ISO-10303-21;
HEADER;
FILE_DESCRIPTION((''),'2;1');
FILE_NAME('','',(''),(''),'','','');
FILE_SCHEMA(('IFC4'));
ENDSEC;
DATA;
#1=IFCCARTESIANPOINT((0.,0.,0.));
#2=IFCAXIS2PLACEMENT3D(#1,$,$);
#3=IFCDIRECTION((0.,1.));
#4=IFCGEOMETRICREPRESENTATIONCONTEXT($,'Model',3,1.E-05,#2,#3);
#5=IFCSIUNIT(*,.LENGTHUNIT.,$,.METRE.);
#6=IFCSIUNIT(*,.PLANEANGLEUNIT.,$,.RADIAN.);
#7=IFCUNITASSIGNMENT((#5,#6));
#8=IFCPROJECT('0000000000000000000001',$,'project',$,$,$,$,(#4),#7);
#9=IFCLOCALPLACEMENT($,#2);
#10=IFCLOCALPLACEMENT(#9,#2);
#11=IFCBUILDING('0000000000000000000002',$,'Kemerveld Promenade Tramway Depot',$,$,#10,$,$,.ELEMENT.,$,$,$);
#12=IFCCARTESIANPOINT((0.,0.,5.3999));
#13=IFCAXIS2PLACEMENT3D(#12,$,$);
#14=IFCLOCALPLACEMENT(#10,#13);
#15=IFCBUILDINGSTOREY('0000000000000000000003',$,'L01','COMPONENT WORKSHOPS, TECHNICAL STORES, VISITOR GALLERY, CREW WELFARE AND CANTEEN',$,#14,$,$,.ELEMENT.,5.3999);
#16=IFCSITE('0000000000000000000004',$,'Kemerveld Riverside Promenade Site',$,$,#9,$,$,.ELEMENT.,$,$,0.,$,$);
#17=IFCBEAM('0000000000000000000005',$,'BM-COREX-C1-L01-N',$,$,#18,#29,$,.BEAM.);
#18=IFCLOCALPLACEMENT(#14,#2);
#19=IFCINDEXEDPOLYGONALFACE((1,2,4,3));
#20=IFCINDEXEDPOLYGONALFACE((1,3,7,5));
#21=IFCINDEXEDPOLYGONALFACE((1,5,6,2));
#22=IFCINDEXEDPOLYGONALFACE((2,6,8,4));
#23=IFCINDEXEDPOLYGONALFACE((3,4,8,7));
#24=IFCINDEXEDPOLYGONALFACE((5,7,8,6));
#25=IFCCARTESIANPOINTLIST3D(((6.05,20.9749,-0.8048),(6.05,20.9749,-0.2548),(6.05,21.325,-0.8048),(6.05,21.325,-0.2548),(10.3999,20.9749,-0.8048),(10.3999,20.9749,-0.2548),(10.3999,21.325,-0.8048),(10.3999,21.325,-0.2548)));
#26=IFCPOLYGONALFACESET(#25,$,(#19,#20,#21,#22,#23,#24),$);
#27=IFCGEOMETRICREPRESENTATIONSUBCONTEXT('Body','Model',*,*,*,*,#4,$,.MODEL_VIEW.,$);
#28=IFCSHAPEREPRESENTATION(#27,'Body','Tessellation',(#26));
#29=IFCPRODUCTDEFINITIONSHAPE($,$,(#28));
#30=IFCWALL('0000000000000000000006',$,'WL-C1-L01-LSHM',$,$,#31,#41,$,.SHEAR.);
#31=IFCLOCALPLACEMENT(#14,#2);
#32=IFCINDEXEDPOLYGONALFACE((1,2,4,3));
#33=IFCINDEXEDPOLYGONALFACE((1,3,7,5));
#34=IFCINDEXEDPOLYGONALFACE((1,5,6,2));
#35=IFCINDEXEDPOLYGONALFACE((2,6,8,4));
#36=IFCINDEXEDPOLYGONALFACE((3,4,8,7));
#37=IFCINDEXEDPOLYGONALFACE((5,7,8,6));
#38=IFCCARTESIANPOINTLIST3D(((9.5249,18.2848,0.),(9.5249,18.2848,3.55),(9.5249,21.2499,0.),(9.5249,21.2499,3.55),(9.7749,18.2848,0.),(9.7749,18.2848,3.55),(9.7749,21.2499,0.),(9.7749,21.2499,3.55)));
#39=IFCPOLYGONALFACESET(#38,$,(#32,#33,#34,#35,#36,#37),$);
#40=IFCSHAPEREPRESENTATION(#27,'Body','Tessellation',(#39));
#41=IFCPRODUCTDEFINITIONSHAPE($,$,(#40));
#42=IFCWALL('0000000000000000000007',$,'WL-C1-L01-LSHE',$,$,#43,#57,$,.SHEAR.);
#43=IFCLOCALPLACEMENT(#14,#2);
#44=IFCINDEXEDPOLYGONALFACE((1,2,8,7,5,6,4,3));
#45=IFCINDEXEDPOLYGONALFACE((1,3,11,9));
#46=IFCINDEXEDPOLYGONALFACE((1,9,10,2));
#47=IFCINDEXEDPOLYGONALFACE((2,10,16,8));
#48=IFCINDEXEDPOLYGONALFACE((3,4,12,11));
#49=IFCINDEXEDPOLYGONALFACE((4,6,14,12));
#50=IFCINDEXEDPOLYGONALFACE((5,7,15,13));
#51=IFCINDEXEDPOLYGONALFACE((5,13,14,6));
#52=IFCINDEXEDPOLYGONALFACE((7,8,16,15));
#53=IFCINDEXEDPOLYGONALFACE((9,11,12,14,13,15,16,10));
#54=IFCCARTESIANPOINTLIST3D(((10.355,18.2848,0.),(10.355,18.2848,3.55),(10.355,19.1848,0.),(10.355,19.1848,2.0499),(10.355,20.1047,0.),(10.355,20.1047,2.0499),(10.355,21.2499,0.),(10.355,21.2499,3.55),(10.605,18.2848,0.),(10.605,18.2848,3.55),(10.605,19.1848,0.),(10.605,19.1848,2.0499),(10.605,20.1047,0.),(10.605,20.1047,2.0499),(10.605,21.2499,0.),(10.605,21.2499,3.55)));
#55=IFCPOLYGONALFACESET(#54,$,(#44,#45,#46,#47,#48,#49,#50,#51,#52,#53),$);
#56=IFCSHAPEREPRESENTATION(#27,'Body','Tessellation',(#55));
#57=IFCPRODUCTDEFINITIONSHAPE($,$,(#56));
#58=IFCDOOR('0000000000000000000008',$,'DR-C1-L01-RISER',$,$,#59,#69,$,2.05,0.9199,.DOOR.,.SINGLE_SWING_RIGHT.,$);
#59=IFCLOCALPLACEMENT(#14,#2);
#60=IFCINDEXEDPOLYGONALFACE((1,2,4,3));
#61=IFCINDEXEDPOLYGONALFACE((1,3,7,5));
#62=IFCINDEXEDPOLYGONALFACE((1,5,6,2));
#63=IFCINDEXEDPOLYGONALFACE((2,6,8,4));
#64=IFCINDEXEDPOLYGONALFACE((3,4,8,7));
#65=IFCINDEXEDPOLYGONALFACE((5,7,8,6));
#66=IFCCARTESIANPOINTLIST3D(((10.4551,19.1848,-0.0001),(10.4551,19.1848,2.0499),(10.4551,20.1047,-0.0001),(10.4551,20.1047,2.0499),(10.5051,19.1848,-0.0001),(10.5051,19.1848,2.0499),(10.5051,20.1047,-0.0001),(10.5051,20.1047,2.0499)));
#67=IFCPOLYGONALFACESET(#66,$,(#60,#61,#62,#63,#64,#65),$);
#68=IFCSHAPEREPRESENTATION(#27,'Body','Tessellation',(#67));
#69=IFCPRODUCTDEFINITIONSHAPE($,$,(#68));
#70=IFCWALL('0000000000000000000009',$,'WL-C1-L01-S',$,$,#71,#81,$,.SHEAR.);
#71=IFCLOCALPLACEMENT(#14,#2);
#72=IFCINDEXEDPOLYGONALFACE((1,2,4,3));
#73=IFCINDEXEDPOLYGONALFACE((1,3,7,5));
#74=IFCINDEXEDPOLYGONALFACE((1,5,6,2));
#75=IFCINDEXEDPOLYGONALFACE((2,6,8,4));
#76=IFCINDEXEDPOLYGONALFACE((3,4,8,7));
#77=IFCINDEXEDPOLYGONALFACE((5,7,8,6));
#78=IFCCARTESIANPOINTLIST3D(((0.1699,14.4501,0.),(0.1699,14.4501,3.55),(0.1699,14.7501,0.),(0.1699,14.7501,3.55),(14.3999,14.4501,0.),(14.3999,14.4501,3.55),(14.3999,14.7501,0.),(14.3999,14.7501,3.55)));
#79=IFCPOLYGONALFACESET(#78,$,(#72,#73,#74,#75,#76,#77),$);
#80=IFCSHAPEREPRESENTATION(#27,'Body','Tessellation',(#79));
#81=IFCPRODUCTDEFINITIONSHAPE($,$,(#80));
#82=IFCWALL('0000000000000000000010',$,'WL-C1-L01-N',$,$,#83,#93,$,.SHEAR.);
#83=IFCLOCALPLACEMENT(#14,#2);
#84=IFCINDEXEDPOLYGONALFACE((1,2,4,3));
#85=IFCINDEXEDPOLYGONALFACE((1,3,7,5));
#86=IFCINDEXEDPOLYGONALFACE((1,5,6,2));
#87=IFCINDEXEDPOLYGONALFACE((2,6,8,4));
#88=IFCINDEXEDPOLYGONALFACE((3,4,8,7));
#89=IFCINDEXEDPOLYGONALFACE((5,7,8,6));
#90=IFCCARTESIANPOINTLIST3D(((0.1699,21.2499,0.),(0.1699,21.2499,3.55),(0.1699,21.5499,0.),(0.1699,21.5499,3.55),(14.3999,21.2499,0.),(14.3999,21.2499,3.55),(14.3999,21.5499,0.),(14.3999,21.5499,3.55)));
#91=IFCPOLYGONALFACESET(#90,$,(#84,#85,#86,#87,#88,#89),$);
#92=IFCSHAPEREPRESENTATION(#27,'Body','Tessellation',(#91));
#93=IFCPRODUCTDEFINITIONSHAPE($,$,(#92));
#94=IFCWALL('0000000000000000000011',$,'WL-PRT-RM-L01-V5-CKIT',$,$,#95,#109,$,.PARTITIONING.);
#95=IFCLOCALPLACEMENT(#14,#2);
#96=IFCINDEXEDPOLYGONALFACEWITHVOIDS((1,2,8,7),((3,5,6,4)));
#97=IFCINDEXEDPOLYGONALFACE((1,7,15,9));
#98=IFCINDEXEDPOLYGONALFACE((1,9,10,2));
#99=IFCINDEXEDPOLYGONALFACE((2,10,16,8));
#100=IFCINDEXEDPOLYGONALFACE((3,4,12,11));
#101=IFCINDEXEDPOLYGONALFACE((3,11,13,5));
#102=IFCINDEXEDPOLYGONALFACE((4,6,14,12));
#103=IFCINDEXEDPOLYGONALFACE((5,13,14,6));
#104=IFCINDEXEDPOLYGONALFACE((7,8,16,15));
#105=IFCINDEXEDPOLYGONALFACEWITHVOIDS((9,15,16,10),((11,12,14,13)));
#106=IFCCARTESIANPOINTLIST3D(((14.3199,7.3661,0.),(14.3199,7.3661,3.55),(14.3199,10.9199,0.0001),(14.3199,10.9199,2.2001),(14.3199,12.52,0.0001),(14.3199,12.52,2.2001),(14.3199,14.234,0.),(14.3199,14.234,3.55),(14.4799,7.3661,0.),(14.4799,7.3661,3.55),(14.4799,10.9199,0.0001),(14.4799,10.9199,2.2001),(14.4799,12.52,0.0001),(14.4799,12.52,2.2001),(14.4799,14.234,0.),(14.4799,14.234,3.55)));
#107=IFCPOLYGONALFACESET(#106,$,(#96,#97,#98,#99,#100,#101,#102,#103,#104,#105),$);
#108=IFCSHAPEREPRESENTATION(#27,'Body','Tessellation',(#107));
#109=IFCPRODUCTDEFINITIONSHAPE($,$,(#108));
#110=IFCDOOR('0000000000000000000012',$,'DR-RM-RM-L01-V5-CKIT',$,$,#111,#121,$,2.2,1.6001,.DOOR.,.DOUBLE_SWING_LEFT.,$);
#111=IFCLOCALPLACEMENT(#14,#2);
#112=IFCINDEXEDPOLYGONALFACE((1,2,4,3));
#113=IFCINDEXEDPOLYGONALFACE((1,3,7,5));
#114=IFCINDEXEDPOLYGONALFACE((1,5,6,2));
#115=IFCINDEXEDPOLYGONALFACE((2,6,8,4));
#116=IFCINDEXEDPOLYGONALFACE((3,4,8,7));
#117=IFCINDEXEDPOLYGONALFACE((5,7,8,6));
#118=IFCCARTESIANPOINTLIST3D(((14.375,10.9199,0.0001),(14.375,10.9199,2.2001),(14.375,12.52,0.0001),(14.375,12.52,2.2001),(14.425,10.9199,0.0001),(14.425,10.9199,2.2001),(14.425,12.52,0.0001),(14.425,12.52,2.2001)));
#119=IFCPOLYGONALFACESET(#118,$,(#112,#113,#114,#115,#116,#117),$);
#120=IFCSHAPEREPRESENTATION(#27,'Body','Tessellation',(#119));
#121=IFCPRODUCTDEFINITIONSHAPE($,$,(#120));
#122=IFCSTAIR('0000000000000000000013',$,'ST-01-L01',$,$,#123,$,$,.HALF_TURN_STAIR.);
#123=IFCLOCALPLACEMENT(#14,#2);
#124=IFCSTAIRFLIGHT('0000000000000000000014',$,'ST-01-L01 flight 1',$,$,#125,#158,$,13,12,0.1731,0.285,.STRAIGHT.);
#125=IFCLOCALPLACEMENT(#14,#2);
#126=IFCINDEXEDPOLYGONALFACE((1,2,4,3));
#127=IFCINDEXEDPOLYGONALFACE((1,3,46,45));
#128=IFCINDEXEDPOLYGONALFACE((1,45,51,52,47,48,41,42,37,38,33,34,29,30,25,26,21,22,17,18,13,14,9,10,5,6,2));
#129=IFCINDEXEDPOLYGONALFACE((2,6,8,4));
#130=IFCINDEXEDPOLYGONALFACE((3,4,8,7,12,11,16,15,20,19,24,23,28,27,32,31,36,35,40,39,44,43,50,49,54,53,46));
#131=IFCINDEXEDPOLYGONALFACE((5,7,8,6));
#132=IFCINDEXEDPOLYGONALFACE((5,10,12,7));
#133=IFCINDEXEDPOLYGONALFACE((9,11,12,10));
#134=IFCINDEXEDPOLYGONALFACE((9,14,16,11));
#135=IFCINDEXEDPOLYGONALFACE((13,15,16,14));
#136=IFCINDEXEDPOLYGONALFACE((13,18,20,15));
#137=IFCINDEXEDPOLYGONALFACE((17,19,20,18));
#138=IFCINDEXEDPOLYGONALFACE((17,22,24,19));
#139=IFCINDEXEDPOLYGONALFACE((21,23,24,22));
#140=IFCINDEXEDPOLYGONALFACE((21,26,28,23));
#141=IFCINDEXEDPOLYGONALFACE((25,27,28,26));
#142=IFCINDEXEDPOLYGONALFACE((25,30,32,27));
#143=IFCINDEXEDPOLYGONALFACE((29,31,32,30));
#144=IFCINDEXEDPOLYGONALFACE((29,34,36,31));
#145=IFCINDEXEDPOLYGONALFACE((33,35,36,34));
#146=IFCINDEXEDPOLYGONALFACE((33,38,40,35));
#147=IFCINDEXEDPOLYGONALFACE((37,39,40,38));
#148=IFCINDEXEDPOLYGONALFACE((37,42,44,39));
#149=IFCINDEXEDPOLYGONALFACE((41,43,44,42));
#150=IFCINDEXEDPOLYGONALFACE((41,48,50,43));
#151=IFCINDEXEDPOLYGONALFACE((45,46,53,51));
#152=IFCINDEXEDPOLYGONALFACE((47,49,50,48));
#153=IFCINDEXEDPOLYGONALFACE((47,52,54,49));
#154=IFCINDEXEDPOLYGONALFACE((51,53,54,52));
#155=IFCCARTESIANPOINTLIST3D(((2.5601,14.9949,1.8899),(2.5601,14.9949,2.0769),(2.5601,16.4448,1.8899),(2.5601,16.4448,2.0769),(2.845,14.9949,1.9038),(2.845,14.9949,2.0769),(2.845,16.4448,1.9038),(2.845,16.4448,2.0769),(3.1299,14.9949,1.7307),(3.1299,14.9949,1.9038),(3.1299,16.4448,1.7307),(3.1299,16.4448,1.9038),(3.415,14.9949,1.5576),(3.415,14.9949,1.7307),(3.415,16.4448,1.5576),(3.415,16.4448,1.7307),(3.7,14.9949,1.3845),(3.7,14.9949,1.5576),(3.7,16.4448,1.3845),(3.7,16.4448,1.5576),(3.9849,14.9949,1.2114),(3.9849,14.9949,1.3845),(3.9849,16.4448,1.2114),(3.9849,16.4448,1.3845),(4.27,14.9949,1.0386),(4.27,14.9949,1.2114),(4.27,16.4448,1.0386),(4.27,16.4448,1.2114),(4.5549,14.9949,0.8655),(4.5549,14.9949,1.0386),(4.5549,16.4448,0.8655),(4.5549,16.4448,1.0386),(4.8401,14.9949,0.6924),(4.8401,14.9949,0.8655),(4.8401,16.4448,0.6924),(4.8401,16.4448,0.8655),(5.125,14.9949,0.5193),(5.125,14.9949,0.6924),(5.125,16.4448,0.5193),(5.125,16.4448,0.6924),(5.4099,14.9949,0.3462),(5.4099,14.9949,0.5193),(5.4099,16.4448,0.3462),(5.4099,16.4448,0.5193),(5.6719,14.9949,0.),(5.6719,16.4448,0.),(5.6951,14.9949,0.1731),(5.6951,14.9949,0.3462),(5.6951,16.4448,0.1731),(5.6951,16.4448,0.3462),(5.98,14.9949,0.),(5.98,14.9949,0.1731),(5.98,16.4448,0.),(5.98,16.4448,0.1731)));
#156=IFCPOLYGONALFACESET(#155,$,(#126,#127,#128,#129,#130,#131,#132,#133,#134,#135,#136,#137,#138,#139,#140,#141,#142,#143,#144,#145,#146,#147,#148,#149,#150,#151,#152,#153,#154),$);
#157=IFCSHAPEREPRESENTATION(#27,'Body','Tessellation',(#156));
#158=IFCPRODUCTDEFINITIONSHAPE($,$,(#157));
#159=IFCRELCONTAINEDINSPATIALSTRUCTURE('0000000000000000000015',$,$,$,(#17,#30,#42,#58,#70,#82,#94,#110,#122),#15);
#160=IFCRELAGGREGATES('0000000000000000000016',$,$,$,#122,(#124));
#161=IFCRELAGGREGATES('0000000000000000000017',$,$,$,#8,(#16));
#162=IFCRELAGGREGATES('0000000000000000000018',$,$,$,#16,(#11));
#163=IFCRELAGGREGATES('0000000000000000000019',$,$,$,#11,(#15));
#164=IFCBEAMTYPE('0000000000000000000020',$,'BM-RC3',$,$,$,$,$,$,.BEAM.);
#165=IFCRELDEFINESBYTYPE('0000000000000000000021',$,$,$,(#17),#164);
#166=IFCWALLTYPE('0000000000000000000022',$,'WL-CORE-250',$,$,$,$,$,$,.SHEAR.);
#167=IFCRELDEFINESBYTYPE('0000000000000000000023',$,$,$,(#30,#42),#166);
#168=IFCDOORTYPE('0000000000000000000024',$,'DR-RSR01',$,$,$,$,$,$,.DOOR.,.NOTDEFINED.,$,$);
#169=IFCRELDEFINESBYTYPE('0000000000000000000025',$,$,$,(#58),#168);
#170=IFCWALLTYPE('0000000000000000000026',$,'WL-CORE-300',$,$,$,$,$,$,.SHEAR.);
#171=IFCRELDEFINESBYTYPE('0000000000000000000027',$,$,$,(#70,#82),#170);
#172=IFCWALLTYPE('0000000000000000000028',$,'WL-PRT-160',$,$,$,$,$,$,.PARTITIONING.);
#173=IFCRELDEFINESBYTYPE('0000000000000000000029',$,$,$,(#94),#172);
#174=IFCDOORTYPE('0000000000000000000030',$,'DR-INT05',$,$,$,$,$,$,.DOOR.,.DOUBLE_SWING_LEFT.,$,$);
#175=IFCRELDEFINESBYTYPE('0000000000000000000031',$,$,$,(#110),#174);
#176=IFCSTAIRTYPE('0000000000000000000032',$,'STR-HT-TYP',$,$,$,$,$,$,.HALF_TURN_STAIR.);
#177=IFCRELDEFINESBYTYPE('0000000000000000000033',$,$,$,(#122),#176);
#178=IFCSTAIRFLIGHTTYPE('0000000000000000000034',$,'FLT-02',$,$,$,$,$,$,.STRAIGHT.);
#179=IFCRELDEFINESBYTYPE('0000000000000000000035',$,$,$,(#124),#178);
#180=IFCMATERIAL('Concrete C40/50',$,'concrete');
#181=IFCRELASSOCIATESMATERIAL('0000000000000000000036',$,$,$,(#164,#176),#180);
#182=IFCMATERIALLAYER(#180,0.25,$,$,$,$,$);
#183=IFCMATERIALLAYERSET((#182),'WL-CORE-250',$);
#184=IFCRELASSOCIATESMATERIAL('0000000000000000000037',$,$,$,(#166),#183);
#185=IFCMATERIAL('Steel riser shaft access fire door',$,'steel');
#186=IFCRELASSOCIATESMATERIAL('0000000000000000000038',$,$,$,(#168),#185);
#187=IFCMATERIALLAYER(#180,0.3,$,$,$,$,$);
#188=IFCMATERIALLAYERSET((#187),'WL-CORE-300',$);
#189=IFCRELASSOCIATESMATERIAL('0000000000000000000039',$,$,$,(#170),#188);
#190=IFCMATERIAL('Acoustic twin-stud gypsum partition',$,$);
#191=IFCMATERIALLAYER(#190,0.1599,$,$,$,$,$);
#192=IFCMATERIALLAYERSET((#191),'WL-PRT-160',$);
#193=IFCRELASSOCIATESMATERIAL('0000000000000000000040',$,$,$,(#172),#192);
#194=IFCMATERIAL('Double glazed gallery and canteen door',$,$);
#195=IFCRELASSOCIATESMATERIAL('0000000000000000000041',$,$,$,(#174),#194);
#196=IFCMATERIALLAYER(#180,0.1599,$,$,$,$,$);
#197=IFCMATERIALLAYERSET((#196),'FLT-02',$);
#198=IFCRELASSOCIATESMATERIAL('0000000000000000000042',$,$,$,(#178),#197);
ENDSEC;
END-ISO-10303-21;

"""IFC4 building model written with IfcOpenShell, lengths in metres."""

from ifc_helpers import new_model, si_unit, direction, frame, frame_2d, origin, origin_2d, place, context, subcontext, project, spatial, polyline, rectangle, outline, extrude, material, layer, layer_set, material_profile, profile_set, type_object, element, fill, aggregate, save


model = new_model("IFC4")

# Units and contexts
model_context = context("Model", 3, precision=1e-05, world=origin(), true_north=direction((0.0, 1.0)))
body_context = subcontext(model_context, "Body", "Model", "MODEL_VIEW")
ifc_project = project(units=[si_unit("LENGTHUNIT", "METRE"), si_unit("PLANEANGLEUNIT", "RADIAN")], contexts=[model_context])

# Site, building, storey
site_placement = place(None, origin())
site = spatial("IfcSite", under=ifc_project, at=site_placement, Name="Kemerveld Riverside Promenade Site", CompositionType="ELEMENT", RefElevation=0.0)
building_placement = place(site_placement, origin())
building = spatial("IfcBuilding", under=site, at=building_placement, Name="Kemerveld Promenade Tramway Depot", CompositionType="ELEMENT")
storey_placement = place(building_placement, frame((0.0, 0.0, 5.3999)))
storey = spatial("IfcBuildingStorey", under=building, at=storey_placement, Name="L01", Description="COMPONENT WORKSHOPS, TECHNICAL STORES, VISITOR GALLERY, CREW WELFARE AND CANTEEN", CompositionType="ELEMENT", Elevation=5.3999)

# Beam
ifc_material_1 = material(Name="Concrete C40/50", Category="concrete")
ifc_material_profile_1 = material_profile(ifc_material_1, rectangle(XDim=0.3501, YDim=0.55, at=origin_2d()), Name="RC-BM-350x550")
ifc_profile_set_1 = profile_set([ifc_material_profile_1], Name="Concrete C40/50")
beam_type_1 = type_object("IfcBeamType", Name="BM-RC3", PredefinedType="BEAM", material=ifc_profile_set_1)
for number, where, z_axis, x_axis, name in (
    (1, (6.05, 21.1499, -0.5298), (1.0, 0.0, 0.0), (0.0, 1.0, 0.0), "BM-COREX-C1-L01-N"),
):
    element("IfcBeam", number, at=place(storey_placement, frame(where, z_axis=z_axis, x_axis=x_axis)), inside=storey, type_object=beam_type_1, Name=name, PredefinedType="BEAM", context=body_context, shape_type="SweptSolid", body=[
        extrude(rectangle(XDim=0.3501, YDim=0.55, at=origin_2d()), origin(), (0.0, 0.0, 1.0), 4.3499),
    ])

# Shared definitions
ifc_layer_1 = layer(ifc_material_1, 0.25)
ifc_layer_set_1 = layer_set([ifc_layer_1], Name="WL-CORE-250")
wall_type_1 = type_object("IfcWallType", Name="WL-CORE-250", PredefinedType="SHEAR", material=ifc_layer_set_1)

# Wall
wall_1_placement = place(storey_placement, frame((9.6499, 18.2849, 0.0), z_axis=(0.0, 0.0, 1.0), x_axis=(0.0, 1.0, 0.0)))
element("IfcWall", 2, at=wall_1_placement, inside=storey, type_object=wall_type_1, Name="WL-C1-L01-LSHM", PredefinedType="SHEAR", context=body_context, shape_type="SweptSolid", body=[
    extrude(rectangle(XDim=2.9651, YDim=0.25, at=frame_2d((1.4824, 0.0))), origin(), (0.0, 0.0, 1.0), 3.55),
])

# Wall, opening, door
wall_2_placement = place(storey_placement, frame((10.48, 18.2849, 0.0), z_axis=(0.0, 0.0, 1.0), x_axis=(0.0, 1.0, 0.0)))
wall_2 = element("IfcWall", 3, at=wall_2_placement, inside=storey, type_object=wall_type_1, Name="WL-C1-L01-LSHE", PredefinedType="SHEAR", context=body_context, shape_type="SweptSolid", body=[
    extrude(rectangle(XDim=2.9651, YDim=0.25, at=frame_2d((1.4824, 0.0))), origin(), (0.0, 0.0, 1.0), 3.55),
])
opening_1_placement = place(wall_2_placement, frame((0.8999, 0.0, 0.0)))
opening_1 = element("IfcOpeningElement", 4, at=opening_1_placement, cuts=wall_2, PredefinedType="OPENING", context=body_context, shape_type="SweptSolid", body=[
    extrude(rectangle(XDim=0.9199, YDim=2.05, at=frame_2d((0.46, 1.0249))), frame((0.0, 0.135, 0.0), z_axis=(0.0, -1.0, 0.0), x_axis=(1.0, 0.0, 0.0)), (0.0, 0.0, 1.0), 0.27),
])
ifc_material_2 = material(Name="Steel riser shaft access fire door", Category="steel")
door_type_1 = type_object("IfcDoorType", Name="DR-RSR01", OperationType="NOTDEFINED", PredefinedType="DOOR", material=ifc_material_2)
door_1_placement = place(opening_1_placement, origin())
door_1 = element("IfcDoor", 5, at=door_1_placement, inside=storey, type_object=door_type_1, Name="DR-C1-L01-RISER", OperationType="SINGLE_SWING_RIGHT", OverallHeight=2.05, OverallWidth=0.9199, PredefinedType="DOOR", context=body_context, shape_type="SweptSolid", body=[
    extrude(rectangle(XDim=0.9199, YDim=2.05, at=frame_2d((0.46, 1.0249))), frame((0.0, 0.0249, 0.0), z_axis=(0.0, -1.0, 0.0), x_axis=(1.0, 0.0, 0.0)), (0.0, 0.0, 1.0), 0.05),
])
fill(opening_1, door_1)

# Walls
ifc_layer_2 = layer(ifc_material_1, 0.3)
ifc_layer_set_2 = layer_set([ifc_layer_2], Name="WL-CORE-300")
wall_type_2 = type_object("IfcWallType", Name="WL-CORE-300", PredefinedType="SHEAR", material=ifc_layer_set_2)
for number, where, z_axis, x_axis, name in (
    (6, (0.1699, 14.6001, 0.0), (0.0, 0.0, 1.0), (1.0, 0.0, 0.0), "WL-C1-L01-S"),
    (7, (0.1699, 21.3999, 0.0), (0.0, 0.0, 1.0), (1.0, 0.0, 0.0), "WL-C1-L01-N"),
):
    element("IfcWall", number, at=place(storey_placement, frame(where, z_axis=z_axis, x_axis=x_axis)), inside=storey, type_object=wall_type_2, Name=name, PredefinedType="SHEAR", context=body_context, shape_type="SweptSolid", body=[
        extrude(rectangle(XDim=14.23, YDim=0.3, at=frame_2d((7.115, 0.0))), origin(), (0.0, 0.0, 1.0), 3.55),
    ])

# Wall, opening, door
ifc_material_3 = material(Name="Acoustic twin-stud gypsum partition")
ifc_layer_3 = layer(ifc_material_3, 0.1599)
ifc_layer_set_3 = layer_set([ifc_layer_3], Name="WL-PRT-160")
wall_type_3 = type_object("IfcWallType", Name="WL-PRT-160", PredefinedType="PARTITIONING", material=ifc_layer_set_3)
wall_3_placement = place(storey_placement, frame((14.3999, 7.366, 0.0), z_axis=(0.0, 0.0, 1.0), x_axis=(0.0, 1.0, 0.0)))
wall_3 = element("IfcWall", 8, at=wall_3_placement, inside=storey, type_object=wall_type_3, Name="WL-PRT-RM-L01-V5-CKIT", PredefinedType="PARTITIONING", context=body_context, shape_type="SweptSolid", body=[
    extrude(rectangle(XDim=6.8679, YDim=0.1599, at=frame_2d((3.4341, 0.0))), origin(), (0.0, 0.0, 1.0), 3.55),
])
opening_2_placement = place(wall_3_placement, frame((3.554, 0.0, 0.0)))
opening_2 = element("IfcOpeningElement", 9, at=opening_2_placement, cuts=wall_3, PredefinedType="OPENING", context=body_context, shape_type="SweptSolid", body=[
    extrude(rectangle(XDim=1.6001, YDim=2.2, at=frame_2d((0.8, 1.1001))), frame((0.0, 0.0898, 0.0), z_axis=(0.0, -1.0, 0.0), x_axis=(1.0, 0.0, 0.0)), (0.0, 0.0, 1.0), 0.1799),
])
ifc_material_4 = material(Name="Double glazed gallery and canteen door")
door_type_2 = type_object("IfcDoorType", Name="DR-INT05", OperationType="DOUBLE_SWING_LEFT", PredefinedType="DOOR", material=ifc_material_4)
door_2_placement = place(opening_2_placement, origin())
door_2 = element("IfcDoor", 10, at=door_2_placement, inside=storey, type_object=door_type_2, Name="DR-RM-RM-L01-V5-CKIT", OperationType="DOUBLE_SWING_LEFT", OverallHeight=2.2, OverallWidth=1.6001, PredefinedType="DOOR", context=body_context, shape_type="SweptSolid", body=[
    extrude(rectangle(XDim=1.6001, YDim=2.2, at=frame_2d((0.8, 1.1001))), frame((0.0, 0.0249, 0.0), z_axis=(0.0, -1.0, 0.0), x_axis=(1.0, 0.0, 0.0)), (0.0, 0.0, 1.0), 0.05),
])
fill(opening_2, door_2)

# Stair, stair flight
stair_type = type_object("IfcStairType", Name="STR-HT-TYP", PredefinedType="HALF_TURN_STAIR", material=ifc_material_1)
stair_placement = place(storey_placement, origin())
stair = element("IfcStair", 11, at=stair_placement, inside=storey, type_object=stair_type, Name="ST-01-L01", PredefinedType="HALF_TURN_STAIR")
ifc_layer_4 = layer(ifc_material_1, 0.1599)
ifc_layer_set_4 = layer_set([ifc_layer_4], Name="FLT-02")
stair_flight_type = type_object("IfcStairFlightType", Name="FLT-02", PredefinedType="STRAIGHT", material=ifc_layer_set_4)
stair_flight_1_placement = place(storey_placement, frame((5.98, 15.72, 0.0), z_axis=(0.0, 0.0, 1.0), x_axis=(-1.0, 0.0, 0.0)))
stair_flight_1 = element("IfcStairFlight", 12, at=stair_flight_1_placement, type_object=stair_flight_type, Name="ST-01-L01 flight 1", NumberOfRisers=13, NumberOfTreads=12, PredefinedType="STRAIGHT", RiserHeight=0.1731, TreadLength=0.285, context=body_context, shape_type="SweptSolid", body=[
    extrude(outline(polyline([(0.0, 0.0), (0.0, 0.1731), (0.2849, 0.1731), (0.2849, 0.3462), (0.5701, 0.3462), (0.5701, 0.5193), (0.855, 0.5193), (0.855, 0.6924), (1.1399, 0.6924), (1.1399, 0.8655), (1.425, 0.8655), (1.425, 1.0386), (1.71, 1.0386), (1.71, 1.2114), (1.9951, 1.2114), (1.9951, 1.3845), (2.28, 1.3845), (2.28, 1.5576), (2.5649, 1.5576), (2.5649, 1.7307), (2.8501, 1.7307), (2.8501, 1.9038), (3.135, 1.9038), (3.135, 2.0769), (3.4199, 2.0769), (3.4199, 2.25), (3.4199, 1.8899), (0.3081, 0.0), (0.0, 0.0)])), frame((0.0, 0.7251, 0.0), z_axis=(0.0, -1.0, 0.0), x_axis=(1.0, 0.0, 0.0)), (0.0, 0.0, 1.0), 1.45),
])
aggregate(stair, [stair_flight_1])

save(model, "model.ifc")
